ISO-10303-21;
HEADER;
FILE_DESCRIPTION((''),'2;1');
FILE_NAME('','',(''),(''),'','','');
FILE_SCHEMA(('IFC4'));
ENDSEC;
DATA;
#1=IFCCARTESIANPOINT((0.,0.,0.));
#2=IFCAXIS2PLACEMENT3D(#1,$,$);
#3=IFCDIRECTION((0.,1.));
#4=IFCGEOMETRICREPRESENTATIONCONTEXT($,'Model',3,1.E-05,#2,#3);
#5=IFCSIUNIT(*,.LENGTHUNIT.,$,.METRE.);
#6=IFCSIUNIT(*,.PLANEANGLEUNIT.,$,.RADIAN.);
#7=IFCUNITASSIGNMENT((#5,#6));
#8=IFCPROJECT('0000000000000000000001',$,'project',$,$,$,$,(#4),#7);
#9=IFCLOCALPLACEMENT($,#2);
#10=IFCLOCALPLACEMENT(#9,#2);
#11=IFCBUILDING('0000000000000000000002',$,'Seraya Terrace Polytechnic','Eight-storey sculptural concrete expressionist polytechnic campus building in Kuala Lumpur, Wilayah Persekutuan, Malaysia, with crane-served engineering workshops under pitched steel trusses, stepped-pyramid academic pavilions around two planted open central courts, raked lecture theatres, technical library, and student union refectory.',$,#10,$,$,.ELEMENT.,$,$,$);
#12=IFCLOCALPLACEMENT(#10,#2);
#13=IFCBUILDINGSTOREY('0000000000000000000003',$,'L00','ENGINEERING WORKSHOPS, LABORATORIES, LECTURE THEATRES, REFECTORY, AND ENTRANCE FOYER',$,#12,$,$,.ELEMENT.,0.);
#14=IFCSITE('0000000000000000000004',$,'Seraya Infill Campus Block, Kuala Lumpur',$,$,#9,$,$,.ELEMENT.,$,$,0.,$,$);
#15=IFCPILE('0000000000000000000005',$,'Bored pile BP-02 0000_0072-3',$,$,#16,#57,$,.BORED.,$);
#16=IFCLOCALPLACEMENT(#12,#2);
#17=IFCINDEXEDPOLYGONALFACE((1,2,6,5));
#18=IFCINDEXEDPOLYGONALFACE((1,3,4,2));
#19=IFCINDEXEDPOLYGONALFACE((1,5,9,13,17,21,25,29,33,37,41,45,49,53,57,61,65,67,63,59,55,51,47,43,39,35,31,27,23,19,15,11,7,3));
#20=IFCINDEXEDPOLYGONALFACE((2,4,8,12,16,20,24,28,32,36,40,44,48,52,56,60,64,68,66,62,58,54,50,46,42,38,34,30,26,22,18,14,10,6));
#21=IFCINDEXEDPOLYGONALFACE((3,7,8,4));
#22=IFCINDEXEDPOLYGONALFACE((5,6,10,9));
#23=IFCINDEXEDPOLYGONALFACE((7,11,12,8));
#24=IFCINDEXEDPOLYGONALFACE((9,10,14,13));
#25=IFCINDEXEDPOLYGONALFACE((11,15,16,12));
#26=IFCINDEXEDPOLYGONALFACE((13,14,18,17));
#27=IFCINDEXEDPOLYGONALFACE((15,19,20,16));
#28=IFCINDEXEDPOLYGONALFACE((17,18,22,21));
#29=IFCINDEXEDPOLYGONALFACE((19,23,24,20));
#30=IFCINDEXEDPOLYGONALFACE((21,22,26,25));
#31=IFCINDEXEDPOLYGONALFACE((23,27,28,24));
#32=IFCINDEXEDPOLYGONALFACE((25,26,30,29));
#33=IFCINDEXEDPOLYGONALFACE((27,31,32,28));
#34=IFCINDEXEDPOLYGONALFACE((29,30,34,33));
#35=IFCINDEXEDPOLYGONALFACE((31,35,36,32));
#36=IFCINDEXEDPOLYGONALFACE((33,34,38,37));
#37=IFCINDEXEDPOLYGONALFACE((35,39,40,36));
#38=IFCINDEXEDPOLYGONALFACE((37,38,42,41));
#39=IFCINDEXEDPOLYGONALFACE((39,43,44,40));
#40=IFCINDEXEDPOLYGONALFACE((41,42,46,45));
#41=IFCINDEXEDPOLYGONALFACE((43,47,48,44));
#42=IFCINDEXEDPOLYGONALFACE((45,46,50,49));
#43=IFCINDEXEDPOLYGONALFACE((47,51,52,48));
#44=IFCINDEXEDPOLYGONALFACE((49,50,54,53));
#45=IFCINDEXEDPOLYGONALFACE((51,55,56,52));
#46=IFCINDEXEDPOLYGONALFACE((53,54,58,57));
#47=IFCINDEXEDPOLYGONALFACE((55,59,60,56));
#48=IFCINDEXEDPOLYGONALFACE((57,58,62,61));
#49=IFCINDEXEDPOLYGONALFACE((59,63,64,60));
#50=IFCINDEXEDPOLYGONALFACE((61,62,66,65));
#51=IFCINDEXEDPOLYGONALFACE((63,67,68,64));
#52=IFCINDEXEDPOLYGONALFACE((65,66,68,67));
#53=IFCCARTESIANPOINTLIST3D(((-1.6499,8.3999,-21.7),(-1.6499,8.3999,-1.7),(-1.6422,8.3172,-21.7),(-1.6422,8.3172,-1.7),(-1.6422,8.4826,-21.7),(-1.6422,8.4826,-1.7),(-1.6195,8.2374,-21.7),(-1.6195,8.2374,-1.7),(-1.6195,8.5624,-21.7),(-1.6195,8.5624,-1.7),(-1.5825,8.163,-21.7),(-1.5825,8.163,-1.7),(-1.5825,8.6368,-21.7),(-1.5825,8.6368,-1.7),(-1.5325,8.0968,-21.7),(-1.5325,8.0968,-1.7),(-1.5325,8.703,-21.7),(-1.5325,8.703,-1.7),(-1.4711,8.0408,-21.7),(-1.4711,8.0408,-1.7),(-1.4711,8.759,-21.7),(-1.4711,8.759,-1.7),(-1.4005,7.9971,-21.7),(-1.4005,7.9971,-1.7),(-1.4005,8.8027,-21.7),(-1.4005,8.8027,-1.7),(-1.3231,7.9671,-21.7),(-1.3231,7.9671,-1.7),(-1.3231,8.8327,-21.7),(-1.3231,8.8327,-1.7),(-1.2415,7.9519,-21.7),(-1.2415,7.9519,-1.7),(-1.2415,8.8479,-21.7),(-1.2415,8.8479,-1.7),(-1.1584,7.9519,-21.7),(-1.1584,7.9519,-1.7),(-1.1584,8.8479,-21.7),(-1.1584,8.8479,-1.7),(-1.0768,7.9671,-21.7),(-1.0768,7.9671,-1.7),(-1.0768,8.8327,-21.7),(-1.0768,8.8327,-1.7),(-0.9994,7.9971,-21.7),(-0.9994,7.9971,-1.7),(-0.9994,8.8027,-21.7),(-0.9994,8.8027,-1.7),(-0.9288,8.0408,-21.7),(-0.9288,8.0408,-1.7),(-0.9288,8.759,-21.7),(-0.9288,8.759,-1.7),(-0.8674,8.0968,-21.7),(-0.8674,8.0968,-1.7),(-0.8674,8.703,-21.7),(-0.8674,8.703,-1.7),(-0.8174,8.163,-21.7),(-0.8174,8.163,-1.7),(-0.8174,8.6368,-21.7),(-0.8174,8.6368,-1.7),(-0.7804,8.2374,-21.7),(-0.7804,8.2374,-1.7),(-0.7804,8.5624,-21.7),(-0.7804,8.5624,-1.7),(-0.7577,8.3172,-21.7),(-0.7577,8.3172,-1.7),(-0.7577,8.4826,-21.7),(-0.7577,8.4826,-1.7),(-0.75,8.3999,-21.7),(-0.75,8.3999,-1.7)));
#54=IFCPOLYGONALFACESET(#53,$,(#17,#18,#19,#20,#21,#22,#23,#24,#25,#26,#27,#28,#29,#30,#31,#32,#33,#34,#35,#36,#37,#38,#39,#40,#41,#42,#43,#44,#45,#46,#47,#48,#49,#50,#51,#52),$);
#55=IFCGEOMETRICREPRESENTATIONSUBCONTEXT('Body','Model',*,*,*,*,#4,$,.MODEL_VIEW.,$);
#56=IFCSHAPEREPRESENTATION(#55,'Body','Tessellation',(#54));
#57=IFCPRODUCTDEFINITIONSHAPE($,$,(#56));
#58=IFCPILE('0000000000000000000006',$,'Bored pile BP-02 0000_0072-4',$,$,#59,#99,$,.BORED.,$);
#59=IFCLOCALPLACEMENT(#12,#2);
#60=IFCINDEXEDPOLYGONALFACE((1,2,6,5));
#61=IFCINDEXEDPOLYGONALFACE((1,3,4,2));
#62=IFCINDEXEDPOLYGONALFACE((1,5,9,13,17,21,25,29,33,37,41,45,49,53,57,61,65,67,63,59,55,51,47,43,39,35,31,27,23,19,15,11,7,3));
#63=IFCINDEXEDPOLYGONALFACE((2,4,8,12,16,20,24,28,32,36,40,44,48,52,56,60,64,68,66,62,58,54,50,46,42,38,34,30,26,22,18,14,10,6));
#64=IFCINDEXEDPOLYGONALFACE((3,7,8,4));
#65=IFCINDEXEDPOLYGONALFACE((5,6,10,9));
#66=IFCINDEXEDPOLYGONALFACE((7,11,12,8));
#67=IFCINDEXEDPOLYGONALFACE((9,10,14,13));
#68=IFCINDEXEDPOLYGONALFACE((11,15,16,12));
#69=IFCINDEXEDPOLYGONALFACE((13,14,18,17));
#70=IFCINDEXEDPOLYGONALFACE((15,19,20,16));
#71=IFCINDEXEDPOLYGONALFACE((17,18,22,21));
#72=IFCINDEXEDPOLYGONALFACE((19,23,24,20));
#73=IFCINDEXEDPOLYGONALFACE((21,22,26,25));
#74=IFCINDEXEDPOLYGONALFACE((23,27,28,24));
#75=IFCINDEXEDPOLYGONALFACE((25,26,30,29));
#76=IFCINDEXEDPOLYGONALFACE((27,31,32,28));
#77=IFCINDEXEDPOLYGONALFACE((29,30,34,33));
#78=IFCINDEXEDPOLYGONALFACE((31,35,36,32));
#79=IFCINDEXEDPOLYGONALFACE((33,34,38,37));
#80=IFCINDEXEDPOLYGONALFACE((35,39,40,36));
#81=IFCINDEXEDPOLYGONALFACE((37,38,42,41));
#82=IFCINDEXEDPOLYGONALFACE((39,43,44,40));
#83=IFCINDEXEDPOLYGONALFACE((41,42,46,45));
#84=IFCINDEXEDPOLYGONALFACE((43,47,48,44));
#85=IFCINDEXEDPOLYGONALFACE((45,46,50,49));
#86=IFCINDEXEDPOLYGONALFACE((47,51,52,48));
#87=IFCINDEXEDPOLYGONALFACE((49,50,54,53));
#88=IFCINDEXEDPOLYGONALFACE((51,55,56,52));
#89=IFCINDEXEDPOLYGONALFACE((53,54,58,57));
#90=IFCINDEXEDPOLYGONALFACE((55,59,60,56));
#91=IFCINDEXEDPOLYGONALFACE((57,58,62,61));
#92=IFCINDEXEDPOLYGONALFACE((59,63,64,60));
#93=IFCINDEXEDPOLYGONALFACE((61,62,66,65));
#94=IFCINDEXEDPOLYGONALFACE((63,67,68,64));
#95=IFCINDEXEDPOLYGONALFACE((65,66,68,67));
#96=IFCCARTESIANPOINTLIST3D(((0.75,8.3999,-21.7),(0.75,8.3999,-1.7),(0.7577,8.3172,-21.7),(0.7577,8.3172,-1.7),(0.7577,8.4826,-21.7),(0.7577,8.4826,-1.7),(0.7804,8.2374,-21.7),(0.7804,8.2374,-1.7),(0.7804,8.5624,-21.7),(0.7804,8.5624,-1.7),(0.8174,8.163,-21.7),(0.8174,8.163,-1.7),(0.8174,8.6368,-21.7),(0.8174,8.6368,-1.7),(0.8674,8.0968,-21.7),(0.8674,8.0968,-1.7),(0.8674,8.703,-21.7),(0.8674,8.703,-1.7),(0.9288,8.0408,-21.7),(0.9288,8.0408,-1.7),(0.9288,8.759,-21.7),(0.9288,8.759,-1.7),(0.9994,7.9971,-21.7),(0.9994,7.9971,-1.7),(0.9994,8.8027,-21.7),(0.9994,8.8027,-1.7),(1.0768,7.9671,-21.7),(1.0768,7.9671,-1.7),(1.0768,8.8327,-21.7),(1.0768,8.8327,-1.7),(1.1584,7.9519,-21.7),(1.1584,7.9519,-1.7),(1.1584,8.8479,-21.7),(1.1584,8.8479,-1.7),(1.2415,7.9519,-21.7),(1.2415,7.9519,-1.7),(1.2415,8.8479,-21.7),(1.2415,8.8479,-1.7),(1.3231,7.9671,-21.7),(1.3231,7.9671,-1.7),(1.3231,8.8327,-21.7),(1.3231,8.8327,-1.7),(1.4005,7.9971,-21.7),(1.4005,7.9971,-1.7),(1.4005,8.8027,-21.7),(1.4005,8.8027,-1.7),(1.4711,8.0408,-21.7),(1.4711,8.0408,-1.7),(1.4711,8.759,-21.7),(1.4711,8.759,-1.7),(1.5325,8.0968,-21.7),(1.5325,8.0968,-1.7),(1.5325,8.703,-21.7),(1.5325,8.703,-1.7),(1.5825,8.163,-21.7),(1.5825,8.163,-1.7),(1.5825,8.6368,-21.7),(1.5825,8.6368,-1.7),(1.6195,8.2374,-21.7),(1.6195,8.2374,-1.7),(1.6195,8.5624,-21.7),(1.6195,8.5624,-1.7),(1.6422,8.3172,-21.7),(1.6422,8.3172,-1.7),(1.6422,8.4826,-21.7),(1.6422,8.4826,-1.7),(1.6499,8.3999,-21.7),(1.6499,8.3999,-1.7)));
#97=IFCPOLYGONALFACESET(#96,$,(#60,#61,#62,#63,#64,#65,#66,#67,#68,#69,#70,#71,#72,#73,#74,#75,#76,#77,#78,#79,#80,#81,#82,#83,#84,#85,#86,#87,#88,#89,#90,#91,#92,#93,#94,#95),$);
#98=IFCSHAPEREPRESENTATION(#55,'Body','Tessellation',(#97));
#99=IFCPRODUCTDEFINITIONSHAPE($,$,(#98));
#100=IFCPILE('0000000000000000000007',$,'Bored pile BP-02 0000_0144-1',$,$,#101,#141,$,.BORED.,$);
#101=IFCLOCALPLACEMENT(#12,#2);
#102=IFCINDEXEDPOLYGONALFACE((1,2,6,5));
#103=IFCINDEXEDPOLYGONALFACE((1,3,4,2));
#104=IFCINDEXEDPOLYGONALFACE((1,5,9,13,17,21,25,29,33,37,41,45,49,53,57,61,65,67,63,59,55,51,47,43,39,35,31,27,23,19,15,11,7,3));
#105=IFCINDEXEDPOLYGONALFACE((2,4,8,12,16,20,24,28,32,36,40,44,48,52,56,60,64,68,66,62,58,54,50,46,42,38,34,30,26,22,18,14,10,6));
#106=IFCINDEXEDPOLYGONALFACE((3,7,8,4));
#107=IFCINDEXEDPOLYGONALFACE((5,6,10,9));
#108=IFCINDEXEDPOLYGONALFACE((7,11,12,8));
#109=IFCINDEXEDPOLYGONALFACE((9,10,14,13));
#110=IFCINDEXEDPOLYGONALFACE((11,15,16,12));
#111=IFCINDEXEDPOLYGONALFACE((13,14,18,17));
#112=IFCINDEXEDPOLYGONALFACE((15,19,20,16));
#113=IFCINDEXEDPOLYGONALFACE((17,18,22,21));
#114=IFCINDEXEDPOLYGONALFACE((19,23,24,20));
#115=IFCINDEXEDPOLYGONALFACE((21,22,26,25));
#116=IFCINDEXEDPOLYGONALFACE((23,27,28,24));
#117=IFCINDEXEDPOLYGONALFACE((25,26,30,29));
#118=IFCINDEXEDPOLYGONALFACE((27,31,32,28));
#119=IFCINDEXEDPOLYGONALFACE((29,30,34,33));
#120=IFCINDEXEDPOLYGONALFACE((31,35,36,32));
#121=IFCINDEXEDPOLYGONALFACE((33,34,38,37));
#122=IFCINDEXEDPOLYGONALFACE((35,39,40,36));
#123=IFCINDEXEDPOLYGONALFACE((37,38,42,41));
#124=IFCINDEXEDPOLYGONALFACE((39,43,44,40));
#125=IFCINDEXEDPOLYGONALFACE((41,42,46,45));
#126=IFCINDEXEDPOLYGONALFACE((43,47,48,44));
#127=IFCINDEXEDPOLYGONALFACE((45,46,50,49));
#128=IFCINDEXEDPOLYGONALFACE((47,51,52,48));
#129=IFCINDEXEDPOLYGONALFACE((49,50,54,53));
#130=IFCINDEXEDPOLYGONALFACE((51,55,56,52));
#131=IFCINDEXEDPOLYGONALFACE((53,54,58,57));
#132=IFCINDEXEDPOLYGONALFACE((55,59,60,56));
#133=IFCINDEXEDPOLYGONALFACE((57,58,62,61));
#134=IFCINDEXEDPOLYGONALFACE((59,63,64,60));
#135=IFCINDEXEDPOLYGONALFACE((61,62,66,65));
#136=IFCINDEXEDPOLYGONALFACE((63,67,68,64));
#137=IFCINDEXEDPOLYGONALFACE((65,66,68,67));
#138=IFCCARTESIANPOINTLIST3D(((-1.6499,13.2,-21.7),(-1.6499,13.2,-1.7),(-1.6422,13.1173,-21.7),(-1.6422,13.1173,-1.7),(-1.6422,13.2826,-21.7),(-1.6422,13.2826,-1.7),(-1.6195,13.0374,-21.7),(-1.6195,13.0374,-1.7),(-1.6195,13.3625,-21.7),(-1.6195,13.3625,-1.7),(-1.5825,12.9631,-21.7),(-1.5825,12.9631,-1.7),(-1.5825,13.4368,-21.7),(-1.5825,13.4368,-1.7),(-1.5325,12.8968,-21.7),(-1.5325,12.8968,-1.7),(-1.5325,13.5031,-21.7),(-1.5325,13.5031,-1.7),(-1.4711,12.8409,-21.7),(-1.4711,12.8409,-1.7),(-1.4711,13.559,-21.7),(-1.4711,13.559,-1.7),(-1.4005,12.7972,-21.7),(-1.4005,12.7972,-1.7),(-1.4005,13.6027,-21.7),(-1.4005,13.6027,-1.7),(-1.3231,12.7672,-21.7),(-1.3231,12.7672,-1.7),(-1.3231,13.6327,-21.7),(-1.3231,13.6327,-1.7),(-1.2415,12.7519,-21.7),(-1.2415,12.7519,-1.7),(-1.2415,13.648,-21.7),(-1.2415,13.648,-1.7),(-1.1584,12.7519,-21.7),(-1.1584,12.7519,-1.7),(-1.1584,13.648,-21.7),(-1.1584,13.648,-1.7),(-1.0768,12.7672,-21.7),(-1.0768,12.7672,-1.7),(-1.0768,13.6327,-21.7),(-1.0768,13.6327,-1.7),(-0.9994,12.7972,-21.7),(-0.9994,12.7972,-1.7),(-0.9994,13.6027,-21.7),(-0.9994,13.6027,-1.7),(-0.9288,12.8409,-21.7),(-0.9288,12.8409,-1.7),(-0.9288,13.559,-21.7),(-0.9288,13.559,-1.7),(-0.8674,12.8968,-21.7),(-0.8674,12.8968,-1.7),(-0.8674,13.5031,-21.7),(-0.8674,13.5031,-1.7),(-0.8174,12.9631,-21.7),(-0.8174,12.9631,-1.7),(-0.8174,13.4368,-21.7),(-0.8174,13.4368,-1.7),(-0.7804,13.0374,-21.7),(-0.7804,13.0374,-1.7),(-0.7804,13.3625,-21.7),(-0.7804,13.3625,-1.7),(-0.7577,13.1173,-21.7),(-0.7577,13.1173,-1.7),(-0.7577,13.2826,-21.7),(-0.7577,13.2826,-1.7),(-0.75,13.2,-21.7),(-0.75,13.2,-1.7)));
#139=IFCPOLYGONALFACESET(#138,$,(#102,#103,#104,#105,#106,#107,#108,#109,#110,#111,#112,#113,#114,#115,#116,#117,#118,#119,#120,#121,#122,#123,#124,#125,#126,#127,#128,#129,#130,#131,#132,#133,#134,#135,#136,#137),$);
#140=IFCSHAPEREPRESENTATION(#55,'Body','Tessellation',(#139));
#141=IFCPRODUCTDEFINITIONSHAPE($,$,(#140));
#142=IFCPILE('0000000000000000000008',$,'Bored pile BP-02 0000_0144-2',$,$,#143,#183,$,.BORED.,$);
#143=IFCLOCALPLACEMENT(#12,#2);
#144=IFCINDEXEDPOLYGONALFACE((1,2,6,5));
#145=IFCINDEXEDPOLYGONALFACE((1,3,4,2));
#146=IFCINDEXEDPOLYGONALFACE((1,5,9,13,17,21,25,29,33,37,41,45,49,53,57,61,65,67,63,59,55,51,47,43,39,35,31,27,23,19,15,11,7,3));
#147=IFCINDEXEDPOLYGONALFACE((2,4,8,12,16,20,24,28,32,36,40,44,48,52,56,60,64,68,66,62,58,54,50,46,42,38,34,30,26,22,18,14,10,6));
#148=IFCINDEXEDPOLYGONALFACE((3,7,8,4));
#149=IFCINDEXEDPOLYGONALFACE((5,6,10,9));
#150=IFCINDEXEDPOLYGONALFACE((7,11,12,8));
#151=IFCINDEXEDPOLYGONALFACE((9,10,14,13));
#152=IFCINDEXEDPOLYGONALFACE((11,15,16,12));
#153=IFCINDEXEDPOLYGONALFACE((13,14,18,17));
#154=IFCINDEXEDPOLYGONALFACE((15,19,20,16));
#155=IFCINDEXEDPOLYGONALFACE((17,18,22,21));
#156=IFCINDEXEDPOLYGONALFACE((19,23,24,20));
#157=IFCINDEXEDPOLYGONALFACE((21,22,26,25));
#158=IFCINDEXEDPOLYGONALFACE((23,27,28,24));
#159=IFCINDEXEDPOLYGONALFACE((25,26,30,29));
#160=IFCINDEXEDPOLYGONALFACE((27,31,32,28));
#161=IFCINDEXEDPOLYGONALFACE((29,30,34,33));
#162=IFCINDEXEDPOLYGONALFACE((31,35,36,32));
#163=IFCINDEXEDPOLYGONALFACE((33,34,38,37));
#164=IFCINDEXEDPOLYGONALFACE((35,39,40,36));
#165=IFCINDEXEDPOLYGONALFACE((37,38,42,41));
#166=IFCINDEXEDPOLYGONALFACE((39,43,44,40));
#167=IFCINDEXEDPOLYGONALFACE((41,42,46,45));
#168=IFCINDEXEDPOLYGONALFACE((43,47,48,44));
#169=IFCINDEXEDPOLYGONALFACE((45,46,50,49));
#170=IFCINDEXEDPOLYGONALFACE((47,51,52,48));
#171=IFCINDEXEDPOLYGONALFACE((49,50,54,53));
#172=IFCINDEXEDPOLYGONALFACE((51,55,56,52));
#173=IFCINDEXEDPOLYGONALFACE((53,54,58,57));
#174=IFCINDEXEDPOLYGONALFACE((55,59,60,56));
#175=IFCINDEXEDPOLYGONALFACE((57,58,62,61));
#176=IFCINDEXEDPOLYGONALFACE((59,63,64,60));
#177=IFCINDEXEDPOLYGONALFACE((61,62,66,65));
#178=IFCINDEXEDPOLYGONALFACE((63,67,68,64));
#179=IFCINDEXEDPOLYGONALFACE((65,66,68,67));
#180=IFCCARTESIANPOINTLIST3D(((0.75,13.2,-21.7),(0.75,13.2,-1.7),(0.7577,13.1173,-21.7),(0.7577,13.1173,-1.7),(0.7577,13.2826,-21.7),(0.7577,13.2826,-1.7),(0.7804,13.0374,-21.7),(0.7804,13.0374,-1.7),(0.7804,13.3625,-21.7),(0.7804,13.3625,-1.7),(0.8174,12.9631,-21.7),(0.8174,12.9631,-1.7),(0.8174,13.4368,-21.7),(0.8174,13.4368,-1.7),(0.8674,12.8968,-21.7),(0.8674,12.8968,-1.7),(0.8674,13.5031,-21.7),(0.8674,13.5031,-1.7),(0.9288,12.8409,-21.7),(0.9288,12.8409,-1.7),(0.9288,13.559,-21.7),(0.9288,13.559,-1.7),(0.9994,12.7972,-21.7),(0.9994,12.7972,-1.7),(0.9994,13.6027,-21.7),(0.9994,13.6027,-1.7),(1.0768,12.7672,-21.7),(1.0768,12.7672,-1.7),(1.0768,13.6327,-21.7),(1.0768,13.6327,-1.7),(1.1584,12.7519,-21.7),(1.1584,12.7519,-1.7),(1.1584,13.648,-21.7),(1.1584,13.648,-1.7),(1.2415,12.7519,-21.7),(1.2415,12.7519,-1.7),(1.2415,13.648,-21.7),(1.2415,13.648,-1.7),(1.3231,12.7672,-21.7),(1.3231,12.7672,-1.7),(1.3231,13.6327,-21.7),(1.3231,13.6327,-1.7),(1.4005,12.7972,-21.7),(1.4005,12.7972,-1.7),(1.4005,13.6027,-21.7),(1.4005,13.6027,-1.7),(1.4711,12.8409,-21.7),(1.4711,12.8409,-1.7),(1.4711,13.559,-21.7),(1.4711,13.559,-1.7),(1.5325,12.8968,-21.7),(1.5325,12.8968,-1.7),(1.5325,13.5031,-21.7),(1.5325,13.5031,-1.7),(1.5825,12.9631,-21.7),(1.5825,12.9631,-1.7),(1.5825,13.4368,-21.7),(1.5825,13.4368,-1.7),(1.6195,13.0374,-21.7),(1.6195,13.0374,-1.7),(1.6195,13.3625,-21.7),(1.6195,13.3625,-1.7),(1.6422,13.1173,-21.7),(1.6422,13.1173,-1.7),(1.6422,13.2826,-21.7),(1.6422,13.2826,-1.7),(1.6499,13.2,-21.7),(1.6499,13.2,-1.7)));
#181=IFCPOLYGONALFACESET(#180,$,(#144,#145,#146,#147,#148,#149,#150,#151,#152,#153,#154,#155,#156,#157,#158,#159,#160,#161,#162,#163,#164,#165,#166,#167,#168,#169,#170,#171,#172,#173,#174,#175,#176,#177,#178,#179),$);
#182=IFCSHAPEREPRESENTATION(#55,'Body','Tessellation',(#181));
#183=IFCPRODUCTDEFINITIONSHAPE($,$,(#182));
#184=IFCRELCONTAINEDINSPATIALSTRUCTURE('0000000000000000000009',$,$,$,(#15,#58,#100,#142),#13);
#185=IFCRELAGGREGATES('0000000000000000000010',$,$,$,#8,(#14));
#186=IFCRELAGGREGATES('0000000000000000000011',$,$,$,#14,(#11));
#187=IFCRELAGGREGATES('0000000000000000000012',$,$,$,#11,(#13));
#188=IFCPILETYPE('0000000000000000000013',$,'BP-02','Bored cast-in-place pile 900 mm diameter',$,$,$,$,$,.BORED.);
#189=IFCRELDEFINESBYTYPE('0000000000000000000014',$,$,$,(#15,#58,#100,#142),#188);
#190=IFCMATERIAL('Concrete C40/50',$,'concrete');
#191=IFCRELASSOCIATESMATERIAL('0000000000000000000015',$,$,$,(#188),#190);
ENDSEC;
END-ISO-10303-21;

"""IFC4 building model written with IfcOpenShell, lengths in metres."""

from ifc_helpers import new_model, si_unit, direction, frame, origin, origin_2d, place, context, subcontext, project, spatial, circle, extrude, material, material_profile, profile_set, type_object, element, save


model = new_model("IFC4")

# Units and contexts
model_context = context("Model", 3, precision=1e-05, world=origin(), true_north=direction((0.0, 1.0)))
body_context = subcontext(model_context, "Body", "Model", "MODEL_VIEW")
ifc_project = project(units=[si_unit("LENGTHUNIT", "METRE"), si_unit("PLANEANGLEUNIT", "RADIAN")], contexts=[model_context])

# Site, building, storey
site_placement = place(None, origin())
site = spatial("IfcSite", under=ifc_project, at=site_placement, Name="Seraya Infill Campus Block, Kuala Lumpur", CompositionType="ELEMENT", RefElevation=0.0)
building_placement = place(site_placement, origin())
building = spatial("IfcBuilding", under=site, at=building_placement, Name="Seraya Terrace Polytechnic", Description="Eight-storey sculptural concrete expressionist polytechnic campus building in Kuala Lumpur, Wilayah Persekutuan, Malaysia, with crane-served engineering workshops under pitched steel trusses, stepped-pyramid academic pavilions around two planted open central courts, raked lecture theatres, technical library, and student union refectory.", CompositionType="ELEMENT")
storey_placement = place(building_placement, origin())
storey = spatial("IfcBuildingStorey", under=building, at=storey_placement, Name="L00", Description="ENGINEERING WORKSHOPS, LABORATORIES, LECTURE THEATRES, REFECTORY, AND ENTRANCE FOYER", CompositionType="ELEMENT", Elevation=0.0)

# Piles
ifc_material_1 = material(Name="Concrete C40/50", Category="concrete")
ifc_material_profile_1 = material_profile(ifc_material_1, circle(Radius=0.45, at=origin_2d()), Name="DIA 900")
ifc_profile_set_1 = profile_set([ifc_material_profile_1], Name="Concrete C40/50")
pile_type = type_object("IfcPileType", Name="BP-02", Description="Bored cast-in-place pile 900 mm diameter", PredefinedType="BORED", material=ifc_profile_set_1)
for number, where, z_axis, x_axis, name in (
    (1, (-1.2, 8.3999, -1.7), (0.0, 0.0, -1.0), (1.0, 0.0, 0.0), "Bored pile BP-02 0000_0072-3"),
    (2, (1.2, 8.3999, -1.7), (0.0, 0.0, -1.0), (1.0, 0.0, 0.0), "Bored pile BP-02 0000_0072-4"),
    (3, (-1.2, 13.2, -1.7), (0.0, 0.0, -1.0), (1.0, 0.0, 0.0), "Bored pile BP-02 0000_0144-1"),
    (4, (1.2, 13.2, -1.7), (0.0, 0.0, -1.0), (1.0, 0.0, 0.0), "Bored pile BP-02 0000_0144-2"),
):
    element("IfcPile", number, at=place(storey_placement, frame(where, z_axis=z_axis, x_axis=x_axis)), inside=storey, type_object=pile_type, Name=name, PredefinedType="BORED", context=body_context, shape_type="SweptSolid", body=[
        extrude(circle(Radius=0.45, at=origin_2d()), origin(), (0.0, 0.0, 1.0), 20.0),
    ])

save(model, "model.ifc")
